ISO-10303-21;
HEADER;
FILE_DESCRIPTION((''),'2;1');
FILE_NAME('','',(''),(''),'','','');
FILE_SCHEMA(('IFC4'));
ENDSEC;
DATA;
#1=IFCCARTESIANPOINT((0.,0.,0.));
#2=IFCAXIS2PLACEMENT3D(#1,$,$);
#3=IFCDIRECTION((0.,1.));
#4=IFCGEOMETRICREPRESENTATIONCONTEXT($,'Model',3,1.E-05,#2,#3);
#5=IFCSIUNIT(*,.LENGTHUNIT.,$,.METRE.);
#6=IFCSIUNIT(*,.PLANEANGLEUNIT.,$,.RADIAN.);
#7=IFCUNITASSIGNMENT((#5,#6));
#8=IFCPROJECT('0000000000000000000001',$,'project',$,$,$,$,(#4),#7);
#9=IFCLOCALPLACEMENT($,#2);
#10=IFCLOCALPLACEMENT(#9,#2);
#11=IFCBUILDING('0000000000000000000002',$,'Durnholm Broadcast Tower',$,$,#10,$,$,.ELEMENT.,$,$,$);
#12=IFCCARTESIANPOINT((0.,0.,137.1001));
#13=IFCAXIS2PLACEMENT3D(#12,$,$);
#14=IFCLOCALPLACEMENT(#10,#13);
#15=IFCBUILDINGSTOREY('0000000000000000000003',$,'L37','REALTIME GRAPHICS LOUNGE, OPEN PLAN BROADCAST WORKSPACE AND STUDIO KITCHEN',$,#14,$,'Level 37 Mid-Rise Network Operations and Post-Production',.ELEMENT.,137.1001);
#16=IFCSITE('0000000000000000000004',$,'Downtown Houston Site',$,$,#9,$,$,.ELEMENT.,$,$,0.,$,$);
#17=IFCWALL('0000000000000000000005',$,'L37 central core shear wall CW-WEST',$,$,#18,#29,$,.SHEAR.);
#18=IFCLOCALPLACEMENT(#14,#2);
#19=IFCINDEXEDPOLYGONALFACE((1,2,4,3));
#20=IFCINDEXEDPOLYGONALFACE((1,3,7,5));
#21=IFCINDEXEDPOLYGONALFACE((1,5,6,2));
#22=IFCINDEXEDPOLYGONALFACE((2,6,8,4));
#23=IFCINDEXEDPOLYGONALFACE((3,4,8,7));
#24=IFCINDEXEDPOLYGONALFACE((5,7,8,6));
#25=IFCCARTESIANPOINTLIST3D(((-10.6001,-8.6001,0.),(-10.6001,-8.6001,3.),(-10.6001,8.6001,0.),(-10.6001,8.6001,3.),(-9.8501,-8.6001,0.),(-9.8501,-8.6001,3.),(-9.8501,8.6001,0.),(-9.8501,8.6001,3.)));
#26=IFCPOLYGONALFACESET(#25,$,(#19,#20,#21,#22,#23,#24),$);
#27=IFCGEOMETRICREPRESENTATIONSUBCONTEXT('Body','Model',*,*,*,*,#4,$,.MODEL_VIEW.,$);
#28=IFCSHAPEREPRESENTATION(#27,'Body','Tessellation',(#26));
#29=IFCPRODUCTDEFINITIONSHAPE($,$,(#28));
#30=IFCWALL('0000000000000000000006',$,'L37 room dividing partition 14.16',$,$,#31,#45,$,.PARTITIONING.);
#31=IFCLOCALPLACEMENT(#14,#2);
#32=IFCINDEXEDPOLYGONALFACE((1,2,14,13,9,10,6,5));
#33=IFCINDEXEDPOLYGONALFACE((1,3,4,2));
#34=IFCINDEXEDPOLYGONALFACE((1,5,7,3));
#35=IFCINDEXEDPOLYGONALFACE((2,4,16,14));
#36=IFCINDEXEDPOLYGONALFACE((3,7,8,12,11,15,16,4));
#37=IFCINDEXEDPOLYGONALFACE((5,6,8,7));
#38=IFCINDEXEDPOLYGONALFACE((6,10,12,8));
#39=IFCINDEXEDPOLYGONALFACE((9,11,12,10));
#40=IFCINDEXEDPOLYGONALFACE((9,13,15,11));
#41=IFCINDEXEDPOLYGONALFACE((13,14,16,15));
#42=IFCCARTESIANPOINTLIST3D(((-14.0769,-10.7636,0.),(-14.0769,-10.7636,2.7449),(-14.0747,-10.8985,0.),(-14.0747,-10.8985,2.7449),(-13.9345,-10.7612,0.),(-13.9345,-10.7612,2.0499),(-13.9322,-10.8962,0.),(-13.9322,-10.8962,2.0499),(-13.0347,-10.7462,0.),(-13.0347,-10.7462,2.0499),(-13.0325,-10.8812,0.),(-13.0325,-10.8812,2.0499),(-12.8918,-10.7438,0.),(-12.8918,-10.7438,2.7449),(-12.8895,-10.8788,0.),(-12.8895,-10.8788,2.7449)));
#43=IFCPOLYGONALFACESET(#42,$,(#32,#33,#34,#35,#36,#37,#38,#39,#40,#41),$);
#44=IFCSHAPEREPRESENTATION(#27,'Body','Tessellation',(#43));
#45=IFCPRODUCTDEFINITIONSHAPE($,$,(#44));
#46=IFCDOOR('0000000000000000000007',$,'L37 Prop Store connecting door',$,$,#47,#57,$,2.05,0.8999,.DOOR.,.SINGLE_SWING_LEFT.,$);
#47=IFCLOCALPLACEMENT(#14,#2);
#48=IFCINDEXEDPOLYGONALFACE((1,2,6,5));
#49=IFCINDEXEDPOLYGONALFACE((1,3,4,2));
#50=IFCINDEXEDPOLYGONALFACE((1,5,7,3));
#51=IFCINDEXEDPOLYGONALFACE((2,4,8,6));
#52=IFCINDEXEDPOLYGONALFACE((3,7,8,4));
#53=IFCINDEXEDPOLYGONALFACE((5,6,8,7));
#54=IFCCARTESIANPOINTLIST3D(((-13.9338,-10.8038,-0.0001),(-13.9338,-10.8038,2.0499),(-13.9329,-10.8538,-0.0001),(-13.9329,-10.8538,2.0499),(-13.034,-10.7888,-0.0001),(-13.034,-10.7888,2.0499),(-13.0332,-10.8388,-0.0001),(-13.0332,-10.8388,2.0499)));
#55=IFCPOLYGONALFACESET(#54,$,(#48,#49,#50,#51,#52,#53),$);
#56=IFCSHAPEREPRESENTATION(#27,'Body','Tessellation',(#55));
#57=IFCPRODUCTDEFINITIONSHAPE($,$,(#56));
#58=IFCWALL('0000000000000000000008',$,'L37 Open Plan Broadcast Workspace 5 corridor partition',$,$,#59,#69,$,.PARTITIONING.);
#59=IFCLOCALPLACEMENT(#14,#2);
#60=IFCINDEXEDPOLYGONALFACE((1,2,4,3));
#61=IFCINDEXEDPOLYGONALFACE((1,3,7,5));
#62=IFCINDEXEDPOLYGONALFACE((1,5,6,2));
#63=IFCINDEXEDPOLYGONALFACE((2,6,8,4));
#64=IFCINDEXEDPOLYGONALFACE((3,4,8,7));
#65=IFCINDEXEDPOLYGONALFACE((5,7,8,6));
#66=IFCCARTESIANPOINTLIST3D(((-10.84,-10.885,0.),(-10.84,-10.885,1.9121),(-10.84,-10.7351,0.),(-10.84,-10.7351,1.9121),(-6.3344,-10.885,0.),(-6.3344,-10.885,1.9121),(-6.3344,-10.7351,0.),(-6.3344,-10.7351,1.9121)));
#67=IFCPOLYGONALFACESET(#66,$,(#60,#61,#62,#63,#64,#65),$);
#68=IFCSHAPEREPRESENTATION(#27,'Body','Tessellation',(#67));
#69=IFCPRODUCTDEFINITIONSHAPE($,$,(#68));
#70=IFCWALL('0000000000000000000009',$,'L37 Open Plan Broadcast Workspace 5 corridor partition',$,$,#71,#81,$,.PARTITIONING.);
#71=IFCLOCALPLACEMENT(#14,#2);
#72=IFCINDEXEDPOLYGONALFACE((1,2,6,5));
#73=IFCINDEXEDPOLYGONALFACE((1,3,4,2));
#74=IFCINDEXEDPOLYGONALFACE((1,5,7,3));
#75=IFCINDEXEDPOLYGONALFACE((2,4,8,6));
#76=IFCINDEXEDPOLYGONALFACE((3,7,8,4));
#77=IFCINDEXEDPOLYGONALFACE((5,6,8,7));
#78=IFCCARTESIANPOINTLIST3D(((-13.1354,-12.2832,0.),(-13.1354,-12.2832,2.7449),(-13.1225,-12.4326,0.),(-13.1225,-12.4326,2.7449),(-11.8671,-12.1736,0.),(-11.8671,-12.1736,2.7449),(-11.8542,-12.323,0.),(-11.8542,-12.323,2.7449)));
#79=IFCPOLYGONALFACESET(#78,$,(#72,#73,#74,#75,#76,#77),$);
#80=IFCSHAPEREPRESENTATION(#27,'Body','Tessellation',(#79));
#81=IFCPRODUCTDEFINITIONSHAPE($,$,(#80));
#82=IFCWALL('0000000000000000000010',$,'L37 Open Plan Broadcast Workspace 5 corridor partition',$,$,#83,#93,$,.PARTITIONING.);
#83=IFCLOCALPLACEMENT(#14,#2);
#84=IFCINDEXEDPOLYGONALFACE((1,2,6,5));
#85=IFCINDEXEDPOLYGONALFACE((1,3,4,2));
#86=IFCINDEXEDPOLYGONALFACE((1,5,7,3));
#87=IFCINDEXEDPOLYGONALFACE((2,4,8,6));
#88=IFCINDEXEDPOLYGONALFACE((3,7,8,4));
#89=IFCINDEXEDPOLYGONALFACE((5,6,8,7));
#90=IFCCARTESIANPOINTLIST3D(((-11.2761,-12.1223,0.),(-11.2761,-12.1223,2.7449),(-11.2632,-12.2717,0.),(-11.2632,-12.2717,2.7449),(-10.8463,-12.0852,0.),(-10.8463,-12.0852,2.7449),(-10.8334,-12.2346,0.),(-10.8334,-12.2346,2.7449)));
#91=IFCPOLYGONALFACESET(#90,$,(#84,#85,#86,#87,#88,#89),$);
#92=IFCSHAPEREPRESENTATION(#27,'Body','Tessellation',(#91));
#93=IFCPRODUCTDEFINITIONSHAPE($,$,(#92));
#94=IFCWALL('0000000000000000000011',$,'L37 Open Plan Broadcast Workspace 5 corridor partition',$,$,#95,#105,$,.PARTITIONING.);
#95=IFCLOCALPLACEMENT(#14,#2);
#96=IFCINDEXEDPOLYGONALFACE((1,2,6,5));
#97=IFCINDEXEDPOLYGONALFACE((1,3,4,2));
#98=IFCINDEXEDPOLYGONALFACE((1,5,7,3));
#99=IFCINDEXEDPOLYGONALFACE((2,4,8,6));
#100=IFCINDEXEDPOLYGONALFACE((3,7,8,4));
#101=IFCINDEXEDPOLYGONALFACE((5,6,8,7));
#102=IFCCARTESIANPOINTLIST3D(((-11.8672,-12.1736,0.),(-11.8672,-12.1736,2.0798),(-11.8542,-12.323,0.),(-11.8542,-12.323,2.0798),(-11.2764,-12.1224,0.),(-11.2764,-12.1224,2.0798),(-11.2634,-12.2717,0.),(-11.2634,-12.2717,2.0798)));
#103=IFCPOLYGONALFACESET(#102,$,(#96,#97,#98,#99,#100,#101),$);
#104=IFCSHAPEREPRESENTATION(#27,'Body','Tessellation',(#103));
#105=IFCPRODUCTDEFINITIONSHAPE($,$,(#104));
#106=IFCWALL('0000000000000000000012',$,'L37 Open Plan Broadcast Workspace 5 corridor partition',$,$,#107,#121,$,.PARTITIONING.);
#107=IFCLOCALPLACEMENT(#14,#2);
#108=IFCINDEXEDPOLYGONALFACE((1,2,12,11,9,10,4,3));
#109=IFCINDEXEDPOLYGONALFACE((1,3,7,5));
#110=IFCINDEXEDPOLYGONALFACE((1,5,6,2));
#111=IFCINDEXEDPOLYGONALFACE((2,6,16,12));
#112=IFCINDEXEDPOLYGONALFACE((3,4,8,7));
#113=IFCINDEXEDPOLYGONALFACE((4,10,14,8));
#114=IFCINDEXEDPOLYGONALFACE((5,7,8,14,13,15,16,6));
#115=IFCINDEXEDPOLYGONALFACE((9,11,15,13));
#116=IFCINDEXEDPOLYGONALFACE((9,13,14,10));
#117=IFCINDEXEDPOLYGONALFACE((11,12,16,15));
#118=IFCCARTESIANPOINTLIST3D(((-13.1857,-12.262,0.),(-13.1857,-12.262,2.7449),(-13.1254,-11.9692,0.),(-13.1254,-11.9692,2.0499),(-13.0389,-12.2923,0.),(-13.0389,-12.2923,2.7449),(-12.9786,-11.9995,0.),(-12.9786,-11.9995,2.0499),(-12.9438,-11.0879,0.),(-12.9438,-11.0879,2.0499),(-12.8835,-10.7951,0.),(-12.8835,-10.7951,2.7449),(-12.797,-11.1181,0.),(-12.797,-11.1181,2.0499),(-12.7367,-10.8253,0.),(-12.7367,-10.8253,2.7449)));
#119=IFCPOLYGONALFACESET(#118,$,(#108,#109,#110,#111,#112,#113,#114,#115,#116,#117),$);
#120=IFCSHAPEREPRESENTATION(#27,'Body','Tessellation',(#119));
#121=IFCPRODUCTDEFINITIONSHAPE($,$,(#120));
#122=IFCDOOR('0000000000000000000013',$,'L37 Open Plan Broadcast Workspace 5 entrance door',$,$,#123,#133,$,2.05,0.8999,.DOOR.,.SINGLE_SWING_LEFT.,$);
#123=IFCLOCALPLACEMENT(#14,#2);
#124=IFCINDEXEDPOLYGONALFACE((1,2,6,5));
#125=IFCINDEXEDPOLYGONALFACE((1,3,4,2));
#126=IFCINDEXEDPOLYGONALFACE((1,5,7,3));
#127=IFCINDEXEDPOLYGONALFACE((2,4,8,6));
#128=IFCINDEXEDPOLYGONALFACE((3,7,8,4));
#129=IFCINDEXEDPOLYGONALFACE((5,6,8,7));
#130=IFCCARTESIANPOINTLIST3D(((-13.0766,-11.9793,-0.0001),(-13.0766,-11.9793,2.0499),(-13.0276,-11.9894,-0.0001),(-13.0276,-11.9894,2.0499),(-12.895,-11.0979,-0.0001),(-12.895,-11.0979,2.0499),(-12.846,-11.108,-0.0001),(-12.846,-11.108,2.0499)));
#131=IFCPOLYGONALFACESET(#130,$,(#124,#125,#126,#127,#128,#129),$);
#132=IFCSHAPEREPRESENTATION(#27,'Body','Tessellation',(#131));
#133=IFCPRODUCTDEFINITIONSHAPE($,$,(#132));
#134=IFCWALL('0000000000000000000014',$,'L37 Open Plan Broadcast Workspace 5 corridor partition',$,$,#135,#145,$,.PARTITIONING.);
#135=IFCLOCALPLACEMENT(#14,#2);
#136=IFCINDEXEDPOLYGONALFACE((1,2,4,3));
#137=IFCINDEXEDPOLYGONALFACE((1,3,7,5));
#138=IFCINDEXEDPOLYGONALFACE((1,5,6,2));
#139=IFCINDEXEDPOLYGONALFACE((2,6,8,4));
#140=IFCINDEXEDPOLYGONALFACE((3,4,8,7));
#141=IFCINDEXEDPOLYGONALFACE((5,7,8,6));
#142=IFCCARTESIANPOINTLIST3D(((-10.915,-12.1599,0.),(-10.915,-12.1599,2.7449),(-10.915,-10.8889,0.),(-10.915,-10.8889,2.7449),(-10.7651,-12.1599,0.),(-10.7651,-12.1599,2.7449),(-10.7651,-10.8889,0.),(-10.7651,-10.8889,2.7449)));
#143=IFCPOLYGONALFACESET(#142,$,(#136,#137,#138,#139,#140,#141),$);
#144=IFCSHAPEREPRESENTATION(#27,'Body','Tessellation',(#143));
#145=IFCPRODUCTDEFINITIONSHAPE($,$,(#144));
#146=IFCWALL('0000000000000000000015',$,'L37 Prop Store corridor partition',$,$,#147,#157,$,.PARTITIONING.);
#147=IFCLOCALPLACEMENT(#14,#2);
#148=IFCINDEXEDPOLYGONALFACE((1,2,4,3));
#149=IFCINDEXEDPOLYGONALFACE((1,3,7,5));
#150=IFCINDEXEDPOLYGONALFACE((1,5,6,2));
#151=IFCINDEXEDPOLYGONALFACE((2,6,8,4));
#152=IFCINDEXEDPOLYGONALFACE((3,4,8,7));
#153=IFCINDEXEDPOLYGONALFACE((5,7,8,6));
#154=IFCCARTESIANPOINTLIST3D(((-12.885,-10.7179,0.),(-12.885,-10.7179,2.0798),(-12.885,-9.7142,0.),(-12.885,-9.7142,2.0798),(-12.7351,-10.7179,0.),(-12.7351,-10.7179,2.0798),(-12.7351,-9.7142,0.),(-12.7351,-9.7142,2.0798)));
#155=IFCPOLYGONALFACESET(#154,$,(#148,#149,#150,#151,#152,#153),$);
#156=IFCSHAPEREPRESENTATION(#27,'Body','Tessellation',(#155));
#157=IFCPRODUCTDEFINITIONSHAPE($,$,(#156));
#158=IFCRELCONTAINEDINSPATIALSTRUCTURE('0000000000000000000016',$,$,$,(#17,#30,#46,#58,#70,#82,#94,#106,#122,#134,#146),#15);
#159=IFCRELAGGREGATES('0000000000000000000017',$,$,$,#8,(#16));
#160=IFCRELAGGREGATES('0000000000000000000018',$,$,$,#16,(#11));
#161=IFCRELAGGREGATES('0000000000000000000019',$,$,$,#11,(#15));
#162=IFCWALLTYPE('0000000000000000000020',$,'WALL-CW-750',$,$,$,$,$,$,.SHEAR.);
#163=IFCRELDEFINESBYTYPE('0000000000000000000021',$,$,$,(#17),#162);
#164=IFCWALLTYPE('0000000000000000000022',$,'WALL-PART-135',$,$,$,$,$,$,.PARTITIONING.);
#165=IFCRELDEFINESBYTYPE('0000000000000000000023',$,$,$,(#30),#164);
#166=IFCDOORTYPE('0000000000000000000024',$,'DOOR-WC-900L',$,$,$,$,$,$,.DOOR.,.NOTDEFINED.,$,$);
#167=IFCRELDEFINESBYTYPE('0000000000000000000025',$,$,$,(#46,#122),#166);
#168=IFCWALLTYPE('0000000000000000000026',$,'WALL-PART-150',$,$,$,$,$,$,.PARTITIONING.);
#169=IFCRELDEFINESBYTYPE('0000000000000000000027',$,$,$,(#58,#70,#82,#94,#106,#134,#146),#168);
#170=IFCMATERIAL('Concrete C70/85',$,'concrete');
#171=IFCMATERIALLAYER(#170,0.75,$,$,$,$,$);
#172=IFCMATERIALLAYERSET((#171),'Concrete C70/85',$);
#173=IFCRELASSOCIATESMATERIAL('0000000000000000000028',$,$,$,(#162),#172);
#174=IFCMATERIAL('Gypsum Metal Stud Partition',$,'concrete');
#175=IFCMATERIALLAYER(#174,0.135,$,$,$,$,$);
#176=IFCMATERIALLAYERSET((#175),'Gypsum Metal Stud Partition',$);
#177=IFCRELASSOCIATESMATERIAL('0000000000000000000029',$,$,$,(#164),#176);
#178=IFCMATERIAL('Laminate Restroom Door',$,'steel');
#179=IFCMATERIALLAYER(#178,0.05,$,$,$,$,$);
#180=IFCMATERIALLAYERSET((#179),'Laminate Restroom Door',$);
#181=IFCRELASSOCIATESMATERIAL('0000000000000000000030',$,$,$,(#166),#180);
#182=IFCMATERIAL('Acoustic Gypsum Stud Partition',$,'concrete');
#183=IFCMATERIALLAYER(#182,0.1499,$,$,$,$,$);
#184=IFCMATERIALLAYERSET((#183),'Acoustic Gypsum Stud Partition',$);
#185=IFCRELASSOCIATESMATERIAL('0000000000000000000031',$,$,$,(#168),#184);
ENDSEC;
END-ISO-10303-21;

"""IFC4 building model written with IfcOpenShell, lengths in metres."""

from ifc_helpers import new_model, si_unit, direction, frame, frame_2d, origin, place, context, subcontext, project, spatial, rectangle, extrude, source, transform, mapped, material, layer, layer_set, type_object, type_shapes, element, fill, save


model = new_model("IFC4")

# Units and contexts
model_context = context("Model", 3, precision=1e-05, world=origin(), true_north=direction((0.0, 1.0)))
body_context = subcontext(model_context, "Body", "Model", "MODEL_VIEW")
ifc_project = project(units=[si_unit("LENGTHUNIT", "METRE"), si_unit("PLANEANGLEUNIT", "RADIAN")], contexts=[model_context])

# Site, building, storey
site_placement = place(None, origin())
site = spatial("IfcSite", under=ifc_project, at=site_placement, Name="Downtown Houston Site", CompositionType="ELEMENT", RefElevation=0.0)
building_placement = place(site_placement, origin())
building = spatial("IfcBuilding", under=site, at=building_placement, Name="Durnholm Broadcast Tower", CompositionType="ELEMENT")
storey_placement = place(building_placement, frame((0.0, 0.0, 137.1001)))
storey = spatial("IfcBuildingStorey", under=building, at=storey_placement, Name="L37", Description="REALTIME GRAPHICS LOUNGE, OPEN PLAN BROADCAST WORKSPACE AND STUDIO KITCHEN", LongName="Level 37 Mid-Rise Network Operations and Post-Production", CompositionType="ELEMENT", Elevation=137.1001)

# Shared definitions
ifc_material_1 = material(Name="Concrete C70/85", Category="concrete")

# Wall
ifc_layer_1 = layer(ifc_material_1, 0.75)
ifc_layer_set_1 = layer_set([ifc_layer_1], Name="Concrete C70/85")
wall_type_1 = type_object("IfcWallType", Name="WALL-CW-750", PredefinedType="SHEAR", material=ifc_layer_set_1)
wall_1_placement = place(storey_placement, frame((-10.2251, -8.6001, 0.0), z_axis=(0.0, 0.0, 1.0), x_axis=(0.0, 1.0, 0.0)))
element("IfcWall", 1, at=wall_1_placement, inside=storey, type_object=wall_type_1, Name="L37 central core shear wall CW-WEST", PredefinedType="SHEAR", context=body_context, shape_type="SweptSolid", body=[
    extrude(rectangle(XDim=17.2002, YDim=0.75, at=frame_2d((8.6001, 0.0))), origin(), (0.0, 0.0, 1.0), 3.0),
])

# Wall, opening, door
ifc_material_2 = material(Name="Gypsum Metal Stud Partition", Category="concrete")
ifc_layer_2 = layer(ifc_material_2, 0.135)
ifc_layer_set_2 = layer_set([ifc_layer_2], Name="Gypsum Metal Stud Partition")
wall_type_2 = type_object("IfcWallType", Name="WALL-PART-135", PredefinedType="PARTITIONING", material=ifc_layer_set_2)
wall_2_placement = place(storey_placement, frame((-14.0759, -10.8311, 0.0), z_axis=(0.0, 0.0, 1.0), x_axis=(0.999861, 0.016685, 0.0)))
wall_2 = element("IfcWall", 2, at=wall_2_placement, inside=storey, type_object=wall_type_2, Name="L37 room dividing partition 14.16", PredefinedType="PARTITIONING", context=body_context, shape_type="SweptSolid", body=[
    extrude(rectangle(XDim=1.1853, YDim=0.135, at=frame_2d((0.5928, 0.0))), origin(), (0.0, 0.0, 1.0), 2.7449),
])
opening_1_placement = place(wall_2_placement, frame((0.1426, 0.0, 0.0)))
opening_1 = element("IfcOpeningElement", 3, at=opening_1_placement, cuts=wall_2, PredefinedType="OPENING", context=body_context, shape_type="SweptSolid", body=[
    extrude(rectangle(XDim=0.8999, YDim=2.05, at=frame_2d((0.45, 1.0249))), frame((0.0, 0.0776, 0.0), z_axis=(0.0, -1.0, 0.0), x_axis=(1.0, 0.0, 0.0)), (0.0, 0.0, 1.0), 0.155),
])
ifc_material_3 = material(Name="Laminate Restroom Door", Category="steel")
ifc_layer_3 = layer(ifc_material_3, 0.05)
ifc_layer_set_3 = layer_set([ifc_layer_3], Name="Laminate Restroom Door")
door_type = type_object("IfcDoorType", Name="DOOR-WC-900L", OperationType="NOTDEFINED", PredefinedType="DOOR", material=ifc_layer_set_3)
shared_shape_1 = source(origin(), body_context, "Body", "SweptSolid", [
    extrude(rectangle(XDim=0.8999, YDim=2.05, at=frame_2d((0.45, 1.0249))), frame((0.0, 0.0249, 0.0), z_axis=(0.0, -1.0, 0.0), x_axis=(1.0, 0.0, 0.0)), (0.0, 0.0, 1.0), 0.05),
])
type_shapes(door_type, [shared_shape_1])
door_1_placement = place(opening_1_placement, origin())
door_1 = element("IfcDoor", 4, at=door_1_placement, inside=storey, type_object=door_type, Name="L37 Prop Store connecting door", OperationType="SINGLE_SWING_LEFT", OverallHeight=2.05, OverallWidth=0.8999, PredefinedType="DOOR", context=body_context, shape_type="MappedRepresentation", body=[
    mapped(shared_shape_1, transform((0.0, 0.0, 0.0), x_axis=(1.0, 0.0, 0.0), y_axis=(0.0, 1.0, 0.0), z_axis=(0.0, 0.0, 1.0), scale=1.0)),
])
fill(opening_1, door_1)

# Walls
ifc_material_4 = material(Name="Acoustic Gypsum Stud Partition", Category="concrete")
ifc_layer_4 = layer(ifc_material_4, 0.1499)
ifc_layer_set_4 = layer_set([ifc_layer_4], Name="Acoustic Gypsum Stud Partition")
wall_type_3 = type_object("IfcWallType", Name="WALL-PART-150", PredefinedType="PARTITIONING", material=ifc_layer_set_4)
wall_3_placement = place(storey_placement, frame((-10.8401, -10.8101, 0.0), z_axis=(0.0, 0.0, 1.0), x_axis=(1.0, 0.0, 0.0)))
element("IfcWall", 5, at=wall_3_placement, inside=storey, type_object=wall_type_3, Name="L37 Open Plan Broadcast Workspace 5 corridor partition", PredefinedType="PARTITIONING", context=body_context, shape_type="SweptSolid", body=[
    extrude(rectangle(XDim=4.5056, YDim=0.1499, at=frame_2d((2.2529, 0.0))), origin(), (0.0, 0.0, 1.0), 1.9121),
])
wall_4_placement = place(storey_placement, frame((-13.1289, -12.3579, 0.0), z_axis=(0.0, 0.0, 1.0), x_axis=(0.996286, 0.086108, 0.0)))
element("IfcWall", 6, at=wall_4_placement, inside=storey, type_object=wall_type_3, Name="L37 Open Plan Broadcast Workspace 5 corridor partition", PredefinedType="PARTITIONING", context=body_context, shape_type="SweptSolid", body=[
    extrude(rectangle(XDim=1.2729, YDim=0.1499, at=frame_2d((0.6365, 0.0))), origin(), (0.0, 0.0, 1.0), 2.7449),
])
wall_5_placement = place(storey_placement, frame((-11.2698, -12.197, 0.0), z_axis=(0.0, 0.0, 1.0), x_axis=(0.996291, 0.086043, 0.0)))
element("IfcWall", 7, at=wall_5_placement, inside=storey, type_object=wall_type_3, Name="L37 Open Plan Broadcast Workspace 5 corridor partition", PredefinedType="PARTITIONING", context=body_context, shape_type="SweptSolid", body=[
    extrude(rectangle(XDim=0.4314, YDim=0.1499, at=frame_2d((0.2158, 0.0))), origin(), (0.0, 0.0, 1.0), 2.7449),
])
wall_6_placement = place(storey_placement, frame((-11.8606, -12.2483, 0.0), z_axis=(0.0, 0.0, 1.0), x_axis=(0.996256, 0.086452, 0.0)))
element("IfcWall", 8, at=wall_6_placement, inside=storey, type_object=wall_type_3, Name="L37 Open Plan Broadcast Workspace 5 corridor partition", PredefinedType="PARTITIONING", context=body_context, shape_type="SweptSolid", body=[
    extrude(rectangle(XDim=0.593, YDim=0.1499, at=frame_2d((0.2964, 0.0))), origin(), (0.0, 0.0, 1.0), 2.0798),
])

# Wall, opening, door
wall_7_placement = place(storey_placement, frame((-12.8101, -10.8101, 0.0), z_axis=(0.0, 0.0, 1.0), x_axis=(-0.201786, -0.97943, 0.0)))
wall_7 = element("IfcWall", 9, at=wall_7_placement, inside=storey, type_object=wall_type_3, Name="L37 Open Plan Broadcast Workspace 5 corridor partition", PredefinedType="PARTITIONING", context=body_context, shape_type="SweptSolid", body=[
    extrude(rectangle(XDim=1.4978, YDim=0.1499, at=frame_2d((0.749, 0.0))), origin(), (0.0, 0.0, 1.0), 2.7449),
])
opening_2_placement = place(wall_7_placement, frame((0.2991, 0.0, 0.0)))
opening_2 = element("IfcOpeningElement", 10, at=opening_2_placement, cuts=wall_7, PredefinedType="OPENING", context=body_context, shape_type="SweptSolid", body=[
    extrude(rectangle(XDim=0.8999, YDim=2.05, at=frame_2d((0.45, 1.0249))), frame((0.0, 0.085, 0.0), z_axis=(0.0, -1.0, 0.0), x_axis=(1.0, 0.0, 0.0)), (0.0, 0.0, 1.0), 0.1699),
])
door_2_placement = place(opening_2_placement, origin())
door_2 = element("IfcDoor", 11, at=door_2_placement, inside=storey, type_object=door_type, Name="L37 Open Plan Broadcast Workspace 5 entrance door", OperationType="SINGLE_SWING_LEFT", OverallHeight=2.05, OverallWidth=0.8999, PredefinedType="DOOR", context=body_context, shape_type="MappedRepresentation", body=[
    mapped(shared_shape_1, transform((0.0, 0.0, 0.0), x_axis=(1.0, 0.0, 0.0), y_axis=(0.0, 1.0, 0.0), z_axis=(0.0, 0.0, 1.0), scale=1.0)),
])
fill(opening_2, door_2)

# Walls
wall_8_placement = place(storey_placement, frame((-10.8401, -12.1599, 0.0), z_axis=(0.0, 0.0, 1.0), x_axis=(0.0, 1.0, 0.0)))
element("IfcWall", 12, at=wall_8_placement, inside=storey, type_object=wall_type_3, Name="L37 Open Plan Broadcast Workspace 5 corridor partition", PredefinedType="PARTITIONING", context=body_context, shape_type="SweptSolid", body=[
    extrude(rectangle(XDim=1.271, YDim=0.1499, at=frame_2d((0.6355, 0.0))), origin(), (0.0, 0.0, 1.0), 2.7449),
])
wall_9_placement = place(storey_placement, frame((-12.8101, -9.7141, 0.0), z_axis=(0.0, 0.0, 1.0), x_axis=(0.0, -1.0, 0.0)))
element("IfcWall", 13, at=wall_9_placement, inside=storey, type_object=wall_type_3, Name="L37 Prop Store corridor partition", PredefinedType="PARTITIONING", context=body_context, shape_type="SweptSolid", body=[
    extrude(rectangle(XDim=1.0037, YDim=0.1499, at=frame_2d((0.502, 0.0))), origin(), (0.0, 0.0, 1.0), 2.0798),
])

save(model, "model.ifc")
